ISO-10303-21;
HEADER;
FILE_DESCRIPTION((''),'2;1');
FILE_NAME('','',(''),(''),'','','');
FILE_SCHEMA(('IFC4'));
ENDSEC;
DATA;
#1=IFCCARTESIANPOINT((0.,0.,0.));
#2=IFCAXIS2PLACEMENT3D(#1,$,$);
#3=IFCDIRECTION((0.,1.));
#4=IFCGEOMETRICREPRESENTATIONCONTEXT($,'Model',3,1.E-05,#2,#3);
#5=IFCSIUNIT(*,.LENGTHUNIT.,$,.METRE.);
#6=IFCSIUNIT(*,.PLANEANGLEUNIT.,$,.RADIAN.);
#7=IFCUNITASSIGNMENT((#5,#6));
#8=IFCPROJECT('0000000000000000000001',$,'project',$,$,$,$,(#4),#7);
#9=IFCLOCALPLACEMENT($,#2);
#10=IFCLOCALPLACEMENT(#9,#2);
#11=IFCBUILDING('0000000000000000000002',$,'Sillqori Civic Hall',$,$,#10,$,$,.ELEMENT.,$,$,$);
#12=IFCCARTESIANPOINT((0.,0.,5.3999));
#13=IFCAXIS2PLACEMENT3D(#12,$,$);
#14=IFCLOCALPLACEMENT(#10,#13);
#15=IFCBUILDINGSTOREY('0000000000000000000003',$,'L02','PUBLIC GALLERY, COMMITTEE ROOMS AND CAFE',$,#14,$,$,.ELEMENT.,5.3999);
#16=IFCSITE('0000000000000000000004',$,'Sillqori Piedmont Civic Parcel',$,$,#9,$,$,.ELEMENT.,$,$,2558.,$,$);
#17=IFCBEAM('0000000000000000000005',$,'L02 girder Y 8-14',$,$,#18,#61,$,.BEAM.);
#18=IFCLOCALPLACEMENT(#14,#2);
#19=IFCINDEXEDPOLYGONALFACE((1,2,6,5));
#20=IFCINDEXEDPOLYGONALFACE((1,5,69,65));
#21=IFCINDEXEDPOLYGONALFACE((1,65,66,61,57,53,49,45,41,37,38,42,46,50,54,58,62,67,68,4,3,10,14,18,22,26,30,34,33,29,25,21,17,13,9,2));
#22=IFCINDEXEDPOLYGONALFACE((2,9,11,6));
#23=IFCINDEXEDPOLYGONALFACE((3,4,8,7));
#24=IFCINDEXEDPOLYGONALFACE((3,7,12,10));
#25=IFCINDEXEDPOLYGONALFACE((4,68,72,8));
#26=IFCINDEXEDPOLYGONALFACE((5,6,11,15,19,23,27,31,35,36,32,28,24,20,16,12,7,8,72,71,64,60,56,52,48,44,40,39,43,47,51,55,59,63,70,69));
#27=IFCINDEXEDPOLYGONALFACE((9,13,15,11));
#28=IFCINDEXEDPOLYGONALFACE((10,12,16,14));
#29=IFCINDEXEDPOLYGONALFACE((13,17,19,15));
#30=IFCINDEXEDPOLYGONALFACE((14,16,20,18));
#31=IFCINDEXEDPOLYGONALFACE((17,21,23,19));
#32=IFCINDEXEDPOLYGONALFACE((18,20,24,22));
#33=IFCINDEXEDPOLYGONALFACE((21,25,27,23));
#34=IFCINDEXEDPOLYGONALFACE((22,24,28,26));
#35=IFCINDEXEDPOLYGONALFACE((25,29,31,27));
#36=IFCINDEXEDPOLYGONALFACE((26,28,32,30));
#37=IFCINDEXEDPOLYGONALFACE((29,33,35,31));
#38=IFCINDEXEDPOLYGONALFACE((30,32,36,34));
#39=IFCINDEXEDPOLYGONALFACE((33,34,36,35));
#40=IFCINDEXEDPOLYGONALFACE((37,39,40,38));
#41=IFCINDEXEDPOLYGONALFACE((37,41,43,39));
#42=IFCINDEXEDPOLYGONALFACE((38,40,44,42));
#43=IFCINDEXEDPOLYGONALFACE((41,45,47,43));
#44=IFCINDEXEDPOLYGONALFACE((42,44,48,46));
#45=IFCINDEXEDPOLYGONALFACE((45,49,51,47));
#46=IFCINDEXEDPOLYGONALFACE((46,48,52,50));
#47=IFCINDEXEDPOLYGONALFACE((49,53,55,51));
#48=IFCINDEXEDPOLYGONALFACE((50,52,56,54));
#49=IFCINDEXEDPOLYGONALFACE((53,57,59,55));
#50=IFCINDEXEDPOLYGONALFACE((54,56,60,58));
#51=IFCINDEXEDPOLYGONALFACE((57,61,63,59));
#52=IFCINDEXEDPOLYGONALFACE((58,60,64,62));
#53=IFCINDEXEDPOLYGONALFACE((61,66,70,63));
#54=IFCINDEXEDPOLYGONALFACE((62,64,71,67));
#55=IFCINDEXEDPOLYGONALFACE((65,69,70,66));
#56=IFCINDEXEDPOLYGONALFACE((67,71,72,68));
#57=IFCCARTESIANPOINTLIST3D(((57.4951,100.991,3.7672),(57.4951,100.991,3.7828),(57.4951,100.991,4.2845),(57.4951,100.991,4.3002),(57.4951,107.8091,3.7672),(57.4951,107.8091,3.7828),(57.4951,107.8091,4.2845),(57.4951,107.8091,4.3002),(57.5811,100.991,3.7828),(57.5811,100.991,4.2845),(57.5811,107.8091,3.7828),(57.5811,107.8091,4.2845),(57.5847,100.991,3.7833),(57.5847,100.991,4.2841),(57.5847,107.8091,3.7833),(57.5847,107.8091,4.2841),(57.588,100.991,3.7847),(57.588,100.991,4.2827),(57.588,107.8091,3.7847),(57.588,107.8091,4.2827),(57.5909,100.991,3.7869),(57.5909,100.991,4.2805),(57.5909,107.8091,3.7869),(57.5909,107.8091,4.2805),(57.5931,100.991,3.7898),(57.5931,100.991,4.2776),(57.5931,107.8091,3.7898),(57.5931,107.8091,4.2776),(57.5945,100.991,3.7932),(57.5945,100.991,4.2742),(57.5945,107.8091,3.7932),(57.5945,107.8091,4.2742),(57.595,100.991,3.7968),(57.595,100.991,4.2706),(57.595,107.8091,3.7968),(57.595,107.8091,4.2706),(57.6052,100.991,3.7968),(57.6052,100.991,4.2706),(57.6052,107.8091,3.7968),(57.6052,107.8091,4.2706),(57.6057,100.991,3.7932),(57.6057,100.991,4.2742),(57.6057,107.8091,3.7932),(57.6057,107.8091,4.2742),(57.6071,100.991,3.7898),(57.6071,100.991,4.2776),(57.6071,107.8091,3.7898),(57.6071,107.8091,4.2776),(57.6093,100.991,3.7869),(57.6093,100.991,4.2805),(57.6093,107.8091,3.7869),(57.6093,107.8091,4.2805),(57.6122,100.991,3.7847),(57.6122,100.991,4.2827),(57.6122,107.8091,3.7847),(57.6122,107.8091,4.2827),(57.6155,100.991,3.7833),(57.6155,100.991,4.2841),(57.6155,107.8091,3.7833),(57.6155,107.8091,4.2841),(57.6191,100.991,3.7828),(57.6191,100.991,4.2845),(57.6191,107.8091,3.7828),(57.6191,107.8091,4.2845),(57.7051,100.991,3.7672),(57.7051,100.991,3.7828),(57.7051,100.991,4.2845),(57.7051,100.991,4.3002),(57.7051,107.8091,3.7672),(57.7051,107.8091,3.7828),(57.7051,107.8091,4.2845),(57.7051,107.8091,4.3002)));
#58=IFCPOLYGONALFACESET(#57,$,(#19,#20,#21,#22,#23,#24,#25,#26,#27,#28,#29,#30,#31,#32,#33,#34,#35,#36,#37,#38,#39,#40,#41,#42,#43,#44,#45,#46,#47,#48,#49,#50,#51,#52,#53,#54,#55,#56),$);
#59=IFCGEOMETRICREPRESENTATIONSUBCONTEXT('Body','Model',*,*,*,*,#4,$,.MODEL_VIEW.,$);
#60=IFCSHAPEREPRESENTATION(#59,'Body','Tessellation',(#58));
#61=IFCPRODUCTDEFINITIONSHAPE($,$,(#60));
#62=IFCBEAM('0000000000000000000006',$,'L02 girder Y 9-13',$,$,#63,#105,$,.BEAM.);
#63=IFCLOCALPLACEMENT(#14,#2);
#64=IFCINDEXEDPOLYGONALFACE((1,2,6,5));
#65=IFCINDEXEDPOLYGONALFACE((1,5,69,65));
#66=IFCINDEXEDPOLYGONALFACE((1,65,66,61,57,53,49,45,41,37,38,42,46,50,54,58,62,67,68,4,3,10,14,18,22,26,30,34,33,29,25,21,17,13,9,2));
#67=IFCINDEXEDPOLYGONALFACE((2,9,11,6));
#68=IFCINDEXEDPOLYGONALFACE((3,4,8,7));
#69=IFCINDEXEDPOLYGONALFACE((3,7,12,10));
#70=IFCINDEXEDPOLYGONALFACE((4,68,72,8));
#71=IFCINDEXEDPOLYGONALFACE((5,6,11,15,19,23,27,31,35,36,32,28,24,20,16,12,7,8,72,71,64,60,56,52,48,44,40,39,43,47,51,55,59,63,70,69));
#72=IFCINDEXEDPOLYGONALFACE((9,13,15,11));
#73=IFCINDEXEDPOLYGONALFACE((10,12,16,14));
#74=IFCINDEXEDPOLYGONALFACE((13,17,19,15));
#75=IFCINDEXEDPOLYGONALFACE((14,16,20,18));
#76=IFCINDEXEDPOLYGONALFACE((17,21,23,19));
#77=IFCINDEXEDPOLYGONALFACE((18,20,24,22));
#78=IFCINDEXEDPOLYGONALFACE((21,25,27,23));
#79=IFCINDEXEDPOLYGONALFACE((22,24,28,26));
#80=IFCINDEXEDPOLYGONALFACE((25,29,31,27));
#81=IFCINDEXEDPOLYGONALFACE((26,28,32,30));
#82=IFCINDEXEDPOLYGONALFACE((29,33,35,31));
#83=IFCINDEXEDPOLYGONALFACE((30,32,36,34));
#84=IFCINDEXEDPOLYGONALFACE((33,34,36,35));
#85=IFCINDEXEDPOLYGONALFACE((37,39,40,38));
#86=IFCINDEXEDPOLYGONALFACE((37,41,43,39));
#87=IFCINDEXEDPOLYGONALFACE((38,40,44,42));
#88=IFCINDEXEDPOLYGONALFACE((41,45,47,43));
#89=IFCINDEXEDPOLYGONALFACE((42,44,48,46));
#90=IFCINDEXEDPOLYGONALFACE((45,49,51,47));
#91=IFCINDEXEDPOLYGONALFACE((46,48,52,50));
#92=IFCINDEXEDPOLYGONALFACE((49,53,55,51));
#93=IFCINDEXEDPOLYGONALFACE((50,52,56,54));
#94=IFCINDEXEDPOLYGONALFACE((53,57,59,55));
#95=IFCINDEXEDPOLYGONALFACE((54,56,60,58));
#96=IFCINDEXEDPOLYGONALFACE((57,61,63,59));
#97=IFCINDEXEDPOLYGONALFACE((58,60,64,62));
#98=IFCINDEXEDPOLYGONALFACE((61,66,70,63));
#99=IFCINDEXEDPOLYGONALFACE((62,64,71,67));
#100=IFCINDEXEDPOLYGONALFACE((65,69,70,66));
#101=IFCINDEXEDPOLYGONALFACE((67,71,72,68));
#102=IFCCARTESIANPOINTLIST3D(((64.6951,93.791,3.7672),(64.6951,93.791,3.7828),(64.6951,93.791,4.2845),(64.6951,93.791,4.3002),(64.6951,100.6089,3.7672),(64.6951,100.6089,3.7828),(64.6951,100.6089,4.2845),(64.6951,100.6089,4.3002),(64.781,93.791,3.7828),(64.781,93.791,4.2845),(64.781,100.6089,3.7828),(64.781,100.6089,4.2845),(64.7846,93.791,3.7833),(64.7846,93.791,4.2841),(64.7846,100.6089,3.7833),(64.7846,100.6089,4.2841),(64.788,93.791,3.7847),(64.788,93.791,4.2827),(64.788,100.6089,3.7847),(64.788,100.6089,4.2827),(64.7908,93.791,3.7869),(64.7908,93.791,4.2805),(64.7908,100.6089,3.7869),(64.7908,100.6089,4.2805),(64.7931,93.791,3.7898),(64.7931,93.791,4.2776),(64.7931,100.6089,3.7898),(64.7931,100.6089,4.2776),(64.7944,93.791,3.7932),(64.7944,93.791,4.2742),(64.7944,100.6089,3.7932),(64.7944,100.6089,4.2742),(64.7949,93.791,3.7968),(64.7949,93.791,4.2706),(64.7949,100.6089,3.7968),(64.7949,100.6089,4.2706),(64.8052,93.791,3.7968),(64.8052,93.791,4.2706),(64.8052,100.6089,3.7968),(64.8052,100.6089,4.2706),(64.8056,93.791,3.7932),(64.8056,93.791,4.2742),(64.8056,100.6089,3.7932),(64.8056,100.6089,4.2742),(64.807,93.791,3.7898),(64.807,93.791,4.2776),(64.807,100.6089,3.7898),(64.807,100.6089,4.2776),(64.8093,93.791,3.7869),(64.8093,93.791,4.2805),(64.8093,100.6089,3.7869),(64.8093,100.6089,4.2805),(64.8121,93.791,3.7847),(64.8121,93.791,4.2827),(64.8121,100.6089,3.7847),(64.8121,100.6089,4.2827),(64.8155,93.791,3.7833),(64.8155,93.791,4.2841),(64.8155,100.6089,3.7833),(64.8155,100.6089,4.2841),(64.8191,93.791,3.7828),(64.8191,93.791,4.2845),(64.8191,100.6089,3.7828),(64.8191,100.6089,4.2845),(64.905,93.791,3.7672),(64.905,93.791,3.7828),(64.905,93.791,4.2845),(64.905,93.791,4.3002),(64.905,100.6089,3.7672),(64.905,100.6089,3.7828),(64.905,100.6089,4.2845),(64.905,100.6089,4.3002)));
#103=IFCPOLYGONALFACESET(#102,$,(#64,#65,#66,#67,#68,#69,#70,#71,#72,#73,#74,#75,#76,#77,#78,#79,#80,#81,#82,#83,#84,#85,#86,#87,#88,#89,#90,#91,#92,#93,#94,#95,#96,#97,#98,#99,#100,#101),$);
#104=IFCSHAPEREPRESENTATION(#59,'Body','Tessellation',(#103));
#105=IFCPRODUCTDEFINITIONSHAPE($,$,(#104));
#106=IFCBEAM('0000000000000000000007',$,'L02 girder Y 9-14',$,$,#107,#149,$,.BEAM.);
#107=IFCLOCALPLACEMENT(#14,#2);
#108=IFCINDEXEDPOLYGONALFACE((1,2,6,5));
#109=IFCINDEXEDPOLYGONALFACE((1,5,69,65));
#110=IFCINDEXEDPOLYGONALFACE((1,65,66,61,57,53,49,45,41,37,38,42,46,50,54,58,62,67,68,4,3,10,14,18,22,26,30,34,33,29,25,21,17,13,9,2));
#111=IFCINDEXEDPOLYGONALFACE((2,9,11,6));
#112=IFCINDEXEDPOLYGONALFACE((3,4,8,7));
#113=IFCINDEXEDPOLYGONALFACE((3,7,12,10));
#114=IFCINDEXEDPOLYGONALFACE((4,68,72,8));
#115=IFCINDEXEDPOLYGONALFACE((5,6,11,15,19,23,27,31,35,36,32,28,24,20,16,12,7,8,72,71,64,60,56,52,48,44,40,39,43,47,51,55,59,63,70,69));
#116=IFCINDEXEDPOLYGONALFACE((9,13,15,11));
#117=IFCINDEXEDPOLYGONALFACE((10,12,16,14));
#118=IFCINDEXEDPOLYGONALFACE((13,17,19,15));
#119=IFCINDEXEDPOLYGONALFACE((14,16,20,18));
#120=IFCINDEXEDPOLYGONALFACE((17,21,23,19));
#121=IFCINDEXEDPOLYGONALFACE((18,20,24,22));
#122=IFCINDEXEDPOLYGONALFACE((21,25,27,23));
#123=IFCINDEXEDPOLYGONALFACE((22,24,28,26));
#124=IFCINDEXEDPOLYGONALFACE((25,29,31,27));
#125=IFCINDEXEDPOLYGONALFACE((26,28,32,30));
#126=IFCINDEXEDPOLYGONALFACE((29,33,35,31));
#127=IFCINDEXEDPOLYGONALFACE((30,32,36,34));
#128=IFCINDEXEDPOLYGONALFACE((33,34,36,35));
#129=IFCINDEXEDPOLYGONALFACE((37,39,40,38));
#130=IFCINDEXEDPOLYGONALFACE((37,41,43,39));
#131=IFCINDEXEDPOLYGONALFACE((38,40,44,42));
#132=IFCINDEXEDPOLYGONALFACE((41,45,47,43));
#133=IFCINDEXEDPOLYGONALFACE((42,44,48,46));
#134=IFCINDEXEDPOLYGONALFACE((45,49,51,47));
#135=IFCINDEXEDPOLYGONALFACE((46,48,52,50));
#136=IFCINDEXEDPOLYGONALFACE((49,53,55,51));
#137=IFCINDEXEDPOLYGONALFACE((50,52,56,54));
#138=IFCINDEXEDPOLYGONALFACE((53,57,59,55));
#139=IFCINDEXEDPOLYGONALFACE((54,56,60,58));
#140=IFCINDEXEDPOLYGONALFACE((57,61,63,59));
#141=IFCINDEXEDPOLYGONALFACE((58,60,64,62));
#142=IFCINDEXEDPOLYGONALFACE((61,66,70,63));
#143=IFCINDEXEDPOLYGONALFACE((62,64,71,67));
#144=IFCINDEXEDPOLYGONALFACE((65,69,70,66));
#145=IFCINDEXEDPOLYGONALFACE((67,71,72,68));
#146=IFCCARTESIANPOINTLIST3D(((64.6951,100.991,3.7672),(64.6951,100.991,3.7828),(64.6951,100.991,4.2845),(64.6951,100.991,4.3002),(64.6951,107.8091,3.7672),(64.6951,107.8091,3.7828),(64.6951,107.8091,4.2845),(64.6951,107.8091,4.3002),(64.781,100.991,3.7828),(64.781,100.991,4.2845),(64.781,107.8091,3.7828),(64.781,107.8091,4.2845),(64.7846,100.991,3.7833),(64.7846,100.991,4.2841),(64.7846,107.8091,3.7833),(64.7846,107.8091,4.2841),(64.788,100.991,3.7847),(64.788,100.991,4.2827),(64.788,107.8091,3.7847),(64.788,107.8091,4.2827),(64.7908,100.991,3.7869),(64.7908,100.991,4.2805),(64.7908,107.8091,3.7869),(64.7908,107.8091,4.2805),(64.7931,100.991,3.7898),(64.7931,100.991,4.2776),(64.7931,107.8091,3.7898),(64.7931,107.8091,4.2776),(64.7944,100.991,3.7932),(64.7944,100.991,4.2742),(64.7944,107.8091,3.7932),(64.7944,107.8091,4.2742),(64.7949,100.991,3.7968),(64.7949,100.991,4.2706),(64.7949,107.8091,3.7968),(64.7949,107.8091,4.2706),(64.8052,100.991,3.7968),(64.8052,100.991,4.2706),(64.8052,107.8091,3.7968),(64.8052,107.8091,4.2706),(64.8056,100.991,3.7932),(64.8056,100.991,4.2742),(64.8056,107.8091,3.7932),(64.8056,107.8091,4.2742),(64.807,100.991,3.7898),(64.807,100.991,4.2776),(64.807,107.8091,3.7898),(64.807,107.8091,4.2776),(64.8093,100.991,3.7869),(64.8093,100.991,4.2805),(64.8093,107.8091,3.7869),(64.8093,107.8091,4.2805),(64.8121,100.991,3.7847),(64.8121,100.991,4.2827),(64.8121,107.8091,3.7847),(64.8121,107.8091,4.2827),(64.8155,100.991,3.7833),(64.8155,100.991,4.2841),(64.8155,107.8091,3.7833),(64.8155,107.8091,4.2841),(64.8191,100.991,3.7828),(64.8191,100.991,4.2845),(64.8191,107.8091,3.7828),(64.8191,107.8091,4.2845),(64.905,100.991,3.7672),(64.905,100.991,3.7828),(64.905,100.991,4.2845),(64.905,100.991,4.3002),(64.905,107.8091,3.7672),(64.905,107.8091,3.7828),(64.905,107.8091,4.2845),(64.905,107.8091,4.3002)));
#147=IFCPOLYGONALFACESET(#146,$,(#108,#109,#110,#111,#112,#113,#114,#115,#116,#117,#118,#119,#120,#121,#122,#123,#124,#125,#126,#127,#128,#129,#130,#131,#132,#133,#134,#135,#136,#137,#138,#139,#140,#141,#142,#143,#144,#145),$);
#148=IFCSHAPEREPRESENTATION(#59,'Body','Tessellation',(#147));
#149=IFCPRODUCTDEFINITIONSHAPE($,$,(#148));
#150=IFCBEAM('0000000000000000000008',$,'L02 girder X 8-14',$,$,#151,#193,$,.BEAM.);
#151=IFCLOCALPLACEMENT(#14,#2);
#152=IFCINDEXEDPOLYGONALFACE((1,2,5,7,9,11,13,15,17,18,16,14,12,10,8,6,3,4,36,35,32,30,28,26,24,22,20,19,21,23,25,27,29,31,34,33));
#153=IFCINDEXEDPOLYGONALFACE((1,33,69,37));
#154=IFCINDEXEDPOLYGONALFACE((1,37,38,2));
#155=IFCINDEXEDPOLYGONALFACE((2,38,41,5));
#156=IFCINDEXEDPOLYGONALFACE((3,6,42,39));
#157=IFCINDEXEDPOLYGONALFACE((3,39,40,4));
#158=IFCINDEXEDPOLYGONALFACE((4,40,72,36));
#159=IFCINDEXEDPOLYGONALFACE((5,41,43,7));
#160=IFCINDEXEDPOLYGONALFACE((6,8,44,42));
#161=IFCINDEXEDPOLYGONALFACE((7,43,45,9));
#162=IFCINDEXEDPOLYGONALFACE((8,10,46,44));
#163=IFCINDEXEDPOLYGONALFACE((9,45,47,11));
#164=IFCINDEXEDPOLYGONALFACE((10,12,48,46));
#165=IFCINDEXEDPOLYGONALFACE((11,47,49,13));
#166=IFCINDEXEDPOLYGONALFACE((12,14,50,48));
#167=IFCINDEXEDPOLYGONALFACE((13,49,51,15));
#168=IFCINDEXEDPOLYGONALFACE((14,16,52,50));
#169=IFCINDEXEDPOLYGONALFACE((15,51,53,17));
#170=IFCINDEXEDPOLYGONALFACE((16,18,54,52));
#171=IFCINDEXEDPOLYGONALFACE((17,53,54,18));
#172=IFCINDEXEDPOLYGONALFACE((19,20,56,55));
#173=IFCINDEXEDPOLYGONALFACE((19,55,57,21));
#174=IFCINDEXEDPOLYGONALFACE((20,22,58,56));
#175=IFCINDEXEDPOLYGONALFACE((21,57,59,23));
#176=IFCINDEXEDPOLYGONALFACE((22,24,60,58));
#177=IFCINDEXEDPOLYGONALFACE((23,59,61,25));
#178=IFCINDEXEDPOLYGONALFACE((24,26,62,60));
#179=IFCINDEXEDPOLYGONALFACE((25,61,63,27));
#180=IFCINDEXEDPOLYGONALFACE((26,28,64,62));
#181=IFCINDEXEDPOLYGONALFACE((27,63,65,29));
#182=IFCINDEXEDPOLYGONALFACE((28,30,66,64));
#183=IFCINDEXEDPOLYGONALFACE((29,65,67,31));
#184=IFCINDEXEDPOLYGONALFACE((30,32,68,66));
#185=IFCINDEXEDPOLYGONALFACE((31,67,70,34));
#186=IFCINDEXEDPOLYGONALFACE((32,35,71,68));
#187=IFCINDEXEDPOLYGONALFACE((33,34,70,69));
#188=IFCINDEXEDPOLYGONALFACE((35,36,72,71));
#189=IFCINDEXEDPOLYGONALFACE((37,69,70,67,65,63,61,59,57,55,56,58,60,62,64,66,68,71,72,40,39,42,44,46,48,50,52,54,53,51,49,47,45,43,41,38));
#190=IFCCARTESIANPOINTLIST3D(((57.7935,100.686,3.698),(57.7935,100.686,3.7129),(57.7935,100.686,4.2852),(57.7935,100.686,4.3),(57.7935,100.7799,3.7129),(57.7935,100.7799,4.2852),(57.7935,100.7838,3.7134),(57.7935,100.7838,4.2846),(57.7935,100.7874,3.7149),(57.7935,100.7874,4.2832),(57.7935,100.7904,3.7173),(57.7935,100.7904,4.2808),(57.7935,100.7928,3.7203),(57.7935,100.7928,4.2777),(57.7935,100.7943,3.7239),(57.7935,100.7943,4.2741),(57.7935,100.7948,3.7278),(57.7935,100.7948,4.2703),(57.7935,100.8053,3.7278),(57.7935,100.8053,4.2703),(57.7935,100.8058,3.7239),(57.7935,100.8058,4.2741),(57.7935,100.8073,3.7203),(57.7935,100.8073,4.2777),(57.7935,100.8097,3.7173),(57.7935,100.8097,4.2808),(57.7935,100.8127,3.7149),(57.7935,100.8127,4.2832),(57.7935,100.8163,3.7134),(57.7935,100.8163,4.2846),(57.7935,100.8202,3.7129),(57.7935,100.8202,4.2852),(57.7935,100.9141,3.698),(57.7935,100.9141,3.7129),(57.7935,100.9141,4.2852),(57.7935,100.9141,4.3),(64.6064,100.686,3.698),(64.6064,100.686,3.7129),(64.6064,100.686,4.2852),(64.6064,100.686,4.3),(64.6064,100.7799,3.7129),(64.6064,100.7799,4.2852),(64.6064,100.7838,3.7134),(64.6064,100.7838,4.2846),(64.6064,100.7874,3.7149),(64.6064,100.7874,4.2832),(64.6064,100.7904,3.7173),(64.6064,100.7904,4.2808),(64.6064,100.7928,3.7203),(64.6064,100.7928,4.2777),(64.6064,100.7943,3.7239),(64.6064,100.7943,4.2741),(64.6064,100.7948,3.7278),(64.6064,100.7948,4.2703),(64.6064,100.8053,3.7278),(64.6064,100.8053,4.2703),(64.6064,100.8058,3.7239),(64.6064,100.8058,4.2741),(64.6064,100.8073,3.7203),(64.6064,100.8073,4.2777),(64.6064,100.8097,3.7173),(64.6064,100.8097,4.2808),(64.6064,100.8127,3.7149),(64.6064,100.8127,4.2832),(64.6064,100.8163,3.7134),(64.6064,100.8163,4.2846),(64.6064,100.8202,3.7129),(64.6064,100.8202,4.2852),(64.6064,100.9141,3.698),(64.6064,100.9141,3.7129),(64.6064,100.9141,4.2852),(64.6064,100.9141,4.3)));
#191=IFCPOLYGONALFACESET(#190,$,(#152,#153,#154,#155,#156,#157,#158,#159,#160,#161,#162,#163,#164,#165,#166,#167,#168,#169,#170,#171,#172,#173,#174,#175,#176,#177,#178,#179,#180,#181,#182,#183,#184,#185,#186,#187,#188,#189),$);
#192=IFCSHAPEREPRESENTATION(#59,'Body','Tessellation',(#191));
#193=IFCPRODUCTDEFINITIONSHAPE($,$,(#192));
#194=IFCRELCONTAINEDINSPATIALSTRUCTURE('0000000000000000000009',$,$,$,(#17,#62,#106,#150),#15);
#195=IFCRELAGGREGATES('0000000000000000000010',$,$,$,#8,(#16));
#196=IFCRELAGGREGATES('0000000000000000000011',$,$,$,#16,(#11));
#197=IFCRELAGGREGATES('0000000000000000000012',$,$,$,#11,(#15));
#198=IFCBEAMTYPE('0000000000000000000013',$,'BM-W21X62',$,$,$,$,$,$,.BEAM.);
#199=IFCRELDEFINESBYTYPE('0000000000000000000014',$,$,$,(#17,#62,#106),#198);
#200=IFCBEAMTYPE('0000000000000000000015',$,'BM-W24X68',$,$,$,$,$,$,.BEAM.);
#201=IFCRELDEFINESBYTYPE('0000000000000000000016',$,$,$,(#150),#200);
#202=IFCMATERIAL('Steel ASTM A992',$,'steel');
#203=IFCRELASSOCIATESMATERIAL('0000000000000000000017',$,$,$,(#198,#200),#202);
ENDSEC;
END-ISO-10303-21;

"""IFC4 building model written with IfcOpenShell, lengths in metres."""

from ifc_helpers import new_model, si_unit, direction, frame, origin, origin_2d, place, context, subcontext, project, spatial, i_section, extrude, material, material_profile, profile_set, type_object, element, save


model = new_model("IFC4")

# Units and contexts
model_context = context("Model", 3, precision=1e-05, world=origin(), true_north=direction((0.0, 1.0)))
body_context = subcontext(model_context, "Body", "Model", "MODEL_VIEW")
ifc_project = project(units=[si_unit("LENGTHUNIT", "METRE"), si_unit("PLANEANGLEUNIT", "RADIAN")], contexts=[model_context])

# Site, building, storey
site_placement = place(None, origin())
site = spatial("IfcSite", under=ifc_project, at=site_placement, Name="Sillqori Piedmont Civic Parcel", CompositionType="ELEMENT", RefElevation=2558.0)
building_placement = place(site_placement, origin())
building = spatial("IfcBuilding", under=site, at=building_placement, Name="Sillqori Civic Hall", CompositionType="ELEMENT")
storey_placement = place(building_placement, frame((0.0, 0.0, 5.3999)))
storey = spatial("IfcBuildingStorey", under=building, at=storey_placement, Name="L02", Description="PUBLIC GALLERY, COMMITTEE ROOMS AND CAFE", CompositionType="ELEMENT", Elevation=5.3999)

# Shared definitions
ifc_material_1 = material(Name="Steel ASTM A992", Category="steel")

# Beams
ifc_material_profile_1 = material_profile(ifc_material_1, i_section(OverallWidth=0.21, OverallDepth=0.533, WebThickness=0.0103, FlangeThickness=0.0156, FilletRadius=0.0139, at=origin_2d()), Name="W21X62")
ifc_profile_set_1 = profile_set([ifc_material_profile_1], Name="Steel ASTM A992")
beam_type_1 = type_object("IfcBeamType", Name="BM-W21X62", PredefinedType="BEAM", material=ifc_profile_set_1)
beam_1_placement = place(storey_placement, frame((57.6001, 100.991, 4.0337), z_axis=(0.0, 1.0, 0.0), x_axis=(-1.0, 0.0, 0.0)))
element("IfcBeam", 1, at=beam_1_placement, inside=storey, type_object=beam_type_1, Name="L02 girder Y 8-14", PredefinedType="BEAM", context=body_context, shape_type="SweptSolid", body=[
    extrude(i_section(OverallWidth=0.21, OverallDepth=0.533, WebThickness=0.0103, FlangeThickness=0.0156, FilletRadius=0.0139, at=origin_2d()), origin(), (0.0, 0.0, 1.0), 6.8181),
])
beam_2_placement = place(storey_placement, frame((64.8, 93.791, 4.0337), z_axis=(0.0, 1.0, 0.0), x_axis=(-1.0, 0.0, 0.0)))
element("IfcBeam", 2, at=beam_2_placement, inside=storey, type_object=beam_type_1, Name="L02 girder Y 9-13", PredefinedType="BEAM", context=body_context, shape_type="SweptSolid", body=[
    extrude(i_section(OverallWidth=0.21, OverallDepth=0.533, WebThickness=0.0103, FlangeThickness=0.0156, FilletRadius=0.0139, at=origin_2d()), origin(), (0.0, 0.0, 1.0), 6.8179),
])
beam_3_placement = place(storey_placement, frame((64.8, 100.991, 4.0337), z_axis=(0.0, 1.0, 0.0), x_axis=(-1.0, 0.0, 0.0)))
element("IfcBeam", 3, at=beam_3_placement, inside=storey, type_object=beam_type_1, Name="L02 girder Y 9-14", PredefinedType="BEAM", context=body_context, shape_type="SweptSolid", body=[
    extrude(i_section(OverallWidth=0.21, OverallDepth=0.533, WebThickness=0.0103, FlangeThickness=0.0156, FilletRadius=0.0139, at=origin_2d()), origin(), (0.0, 0.0, 1.0), 6.8181),
])
ifc_material_profile_2 = material_profile(ifc_material_1, i_section(OverallWidth=0.228, OverallDepth=0.6021, WebThickness=0.0105, FlangeThickness=0.0149, FilletRadius=0.0149, at=origin_2d()), Name="W24X68")
ifc_profile_set_2 = profile_set([ifc_material_profile_2], Name="Steel ASTM A992")
beam_type_2 = type_object("IfcBeamType", Name="BM-W24X68", PredefinedType="BEAM", material=ifc_profile_set_2)
for number, where, z_axis, x_axis, name in (
    (4, (57.7935, 100.8, 3.999), (1.0, 0.0, 0.0), (0.0, 1.0, 0.0), "L02 girder X 8-14"),
):
    element("IfcBeam", number, at=place(storey_placement, frame(where, z_axis=z_axis, x_axis=x_axis)), inside=storey, type_object=beam_type_2, Name=name, PredefinedType="BEAM", context=body_context, shape_type="SweptSolid", body=[
        extrude(i_section(OverallWidth=0.228, OverallDepth=0.6021, WebThickness=0.0105, FlangeThickness=0.0149, FilletRadius=0.0149, at=origin_2d()), origin(), (0.0, 0.0, 1.0), 6.813),
    ])

save(model, "model.ifc")
